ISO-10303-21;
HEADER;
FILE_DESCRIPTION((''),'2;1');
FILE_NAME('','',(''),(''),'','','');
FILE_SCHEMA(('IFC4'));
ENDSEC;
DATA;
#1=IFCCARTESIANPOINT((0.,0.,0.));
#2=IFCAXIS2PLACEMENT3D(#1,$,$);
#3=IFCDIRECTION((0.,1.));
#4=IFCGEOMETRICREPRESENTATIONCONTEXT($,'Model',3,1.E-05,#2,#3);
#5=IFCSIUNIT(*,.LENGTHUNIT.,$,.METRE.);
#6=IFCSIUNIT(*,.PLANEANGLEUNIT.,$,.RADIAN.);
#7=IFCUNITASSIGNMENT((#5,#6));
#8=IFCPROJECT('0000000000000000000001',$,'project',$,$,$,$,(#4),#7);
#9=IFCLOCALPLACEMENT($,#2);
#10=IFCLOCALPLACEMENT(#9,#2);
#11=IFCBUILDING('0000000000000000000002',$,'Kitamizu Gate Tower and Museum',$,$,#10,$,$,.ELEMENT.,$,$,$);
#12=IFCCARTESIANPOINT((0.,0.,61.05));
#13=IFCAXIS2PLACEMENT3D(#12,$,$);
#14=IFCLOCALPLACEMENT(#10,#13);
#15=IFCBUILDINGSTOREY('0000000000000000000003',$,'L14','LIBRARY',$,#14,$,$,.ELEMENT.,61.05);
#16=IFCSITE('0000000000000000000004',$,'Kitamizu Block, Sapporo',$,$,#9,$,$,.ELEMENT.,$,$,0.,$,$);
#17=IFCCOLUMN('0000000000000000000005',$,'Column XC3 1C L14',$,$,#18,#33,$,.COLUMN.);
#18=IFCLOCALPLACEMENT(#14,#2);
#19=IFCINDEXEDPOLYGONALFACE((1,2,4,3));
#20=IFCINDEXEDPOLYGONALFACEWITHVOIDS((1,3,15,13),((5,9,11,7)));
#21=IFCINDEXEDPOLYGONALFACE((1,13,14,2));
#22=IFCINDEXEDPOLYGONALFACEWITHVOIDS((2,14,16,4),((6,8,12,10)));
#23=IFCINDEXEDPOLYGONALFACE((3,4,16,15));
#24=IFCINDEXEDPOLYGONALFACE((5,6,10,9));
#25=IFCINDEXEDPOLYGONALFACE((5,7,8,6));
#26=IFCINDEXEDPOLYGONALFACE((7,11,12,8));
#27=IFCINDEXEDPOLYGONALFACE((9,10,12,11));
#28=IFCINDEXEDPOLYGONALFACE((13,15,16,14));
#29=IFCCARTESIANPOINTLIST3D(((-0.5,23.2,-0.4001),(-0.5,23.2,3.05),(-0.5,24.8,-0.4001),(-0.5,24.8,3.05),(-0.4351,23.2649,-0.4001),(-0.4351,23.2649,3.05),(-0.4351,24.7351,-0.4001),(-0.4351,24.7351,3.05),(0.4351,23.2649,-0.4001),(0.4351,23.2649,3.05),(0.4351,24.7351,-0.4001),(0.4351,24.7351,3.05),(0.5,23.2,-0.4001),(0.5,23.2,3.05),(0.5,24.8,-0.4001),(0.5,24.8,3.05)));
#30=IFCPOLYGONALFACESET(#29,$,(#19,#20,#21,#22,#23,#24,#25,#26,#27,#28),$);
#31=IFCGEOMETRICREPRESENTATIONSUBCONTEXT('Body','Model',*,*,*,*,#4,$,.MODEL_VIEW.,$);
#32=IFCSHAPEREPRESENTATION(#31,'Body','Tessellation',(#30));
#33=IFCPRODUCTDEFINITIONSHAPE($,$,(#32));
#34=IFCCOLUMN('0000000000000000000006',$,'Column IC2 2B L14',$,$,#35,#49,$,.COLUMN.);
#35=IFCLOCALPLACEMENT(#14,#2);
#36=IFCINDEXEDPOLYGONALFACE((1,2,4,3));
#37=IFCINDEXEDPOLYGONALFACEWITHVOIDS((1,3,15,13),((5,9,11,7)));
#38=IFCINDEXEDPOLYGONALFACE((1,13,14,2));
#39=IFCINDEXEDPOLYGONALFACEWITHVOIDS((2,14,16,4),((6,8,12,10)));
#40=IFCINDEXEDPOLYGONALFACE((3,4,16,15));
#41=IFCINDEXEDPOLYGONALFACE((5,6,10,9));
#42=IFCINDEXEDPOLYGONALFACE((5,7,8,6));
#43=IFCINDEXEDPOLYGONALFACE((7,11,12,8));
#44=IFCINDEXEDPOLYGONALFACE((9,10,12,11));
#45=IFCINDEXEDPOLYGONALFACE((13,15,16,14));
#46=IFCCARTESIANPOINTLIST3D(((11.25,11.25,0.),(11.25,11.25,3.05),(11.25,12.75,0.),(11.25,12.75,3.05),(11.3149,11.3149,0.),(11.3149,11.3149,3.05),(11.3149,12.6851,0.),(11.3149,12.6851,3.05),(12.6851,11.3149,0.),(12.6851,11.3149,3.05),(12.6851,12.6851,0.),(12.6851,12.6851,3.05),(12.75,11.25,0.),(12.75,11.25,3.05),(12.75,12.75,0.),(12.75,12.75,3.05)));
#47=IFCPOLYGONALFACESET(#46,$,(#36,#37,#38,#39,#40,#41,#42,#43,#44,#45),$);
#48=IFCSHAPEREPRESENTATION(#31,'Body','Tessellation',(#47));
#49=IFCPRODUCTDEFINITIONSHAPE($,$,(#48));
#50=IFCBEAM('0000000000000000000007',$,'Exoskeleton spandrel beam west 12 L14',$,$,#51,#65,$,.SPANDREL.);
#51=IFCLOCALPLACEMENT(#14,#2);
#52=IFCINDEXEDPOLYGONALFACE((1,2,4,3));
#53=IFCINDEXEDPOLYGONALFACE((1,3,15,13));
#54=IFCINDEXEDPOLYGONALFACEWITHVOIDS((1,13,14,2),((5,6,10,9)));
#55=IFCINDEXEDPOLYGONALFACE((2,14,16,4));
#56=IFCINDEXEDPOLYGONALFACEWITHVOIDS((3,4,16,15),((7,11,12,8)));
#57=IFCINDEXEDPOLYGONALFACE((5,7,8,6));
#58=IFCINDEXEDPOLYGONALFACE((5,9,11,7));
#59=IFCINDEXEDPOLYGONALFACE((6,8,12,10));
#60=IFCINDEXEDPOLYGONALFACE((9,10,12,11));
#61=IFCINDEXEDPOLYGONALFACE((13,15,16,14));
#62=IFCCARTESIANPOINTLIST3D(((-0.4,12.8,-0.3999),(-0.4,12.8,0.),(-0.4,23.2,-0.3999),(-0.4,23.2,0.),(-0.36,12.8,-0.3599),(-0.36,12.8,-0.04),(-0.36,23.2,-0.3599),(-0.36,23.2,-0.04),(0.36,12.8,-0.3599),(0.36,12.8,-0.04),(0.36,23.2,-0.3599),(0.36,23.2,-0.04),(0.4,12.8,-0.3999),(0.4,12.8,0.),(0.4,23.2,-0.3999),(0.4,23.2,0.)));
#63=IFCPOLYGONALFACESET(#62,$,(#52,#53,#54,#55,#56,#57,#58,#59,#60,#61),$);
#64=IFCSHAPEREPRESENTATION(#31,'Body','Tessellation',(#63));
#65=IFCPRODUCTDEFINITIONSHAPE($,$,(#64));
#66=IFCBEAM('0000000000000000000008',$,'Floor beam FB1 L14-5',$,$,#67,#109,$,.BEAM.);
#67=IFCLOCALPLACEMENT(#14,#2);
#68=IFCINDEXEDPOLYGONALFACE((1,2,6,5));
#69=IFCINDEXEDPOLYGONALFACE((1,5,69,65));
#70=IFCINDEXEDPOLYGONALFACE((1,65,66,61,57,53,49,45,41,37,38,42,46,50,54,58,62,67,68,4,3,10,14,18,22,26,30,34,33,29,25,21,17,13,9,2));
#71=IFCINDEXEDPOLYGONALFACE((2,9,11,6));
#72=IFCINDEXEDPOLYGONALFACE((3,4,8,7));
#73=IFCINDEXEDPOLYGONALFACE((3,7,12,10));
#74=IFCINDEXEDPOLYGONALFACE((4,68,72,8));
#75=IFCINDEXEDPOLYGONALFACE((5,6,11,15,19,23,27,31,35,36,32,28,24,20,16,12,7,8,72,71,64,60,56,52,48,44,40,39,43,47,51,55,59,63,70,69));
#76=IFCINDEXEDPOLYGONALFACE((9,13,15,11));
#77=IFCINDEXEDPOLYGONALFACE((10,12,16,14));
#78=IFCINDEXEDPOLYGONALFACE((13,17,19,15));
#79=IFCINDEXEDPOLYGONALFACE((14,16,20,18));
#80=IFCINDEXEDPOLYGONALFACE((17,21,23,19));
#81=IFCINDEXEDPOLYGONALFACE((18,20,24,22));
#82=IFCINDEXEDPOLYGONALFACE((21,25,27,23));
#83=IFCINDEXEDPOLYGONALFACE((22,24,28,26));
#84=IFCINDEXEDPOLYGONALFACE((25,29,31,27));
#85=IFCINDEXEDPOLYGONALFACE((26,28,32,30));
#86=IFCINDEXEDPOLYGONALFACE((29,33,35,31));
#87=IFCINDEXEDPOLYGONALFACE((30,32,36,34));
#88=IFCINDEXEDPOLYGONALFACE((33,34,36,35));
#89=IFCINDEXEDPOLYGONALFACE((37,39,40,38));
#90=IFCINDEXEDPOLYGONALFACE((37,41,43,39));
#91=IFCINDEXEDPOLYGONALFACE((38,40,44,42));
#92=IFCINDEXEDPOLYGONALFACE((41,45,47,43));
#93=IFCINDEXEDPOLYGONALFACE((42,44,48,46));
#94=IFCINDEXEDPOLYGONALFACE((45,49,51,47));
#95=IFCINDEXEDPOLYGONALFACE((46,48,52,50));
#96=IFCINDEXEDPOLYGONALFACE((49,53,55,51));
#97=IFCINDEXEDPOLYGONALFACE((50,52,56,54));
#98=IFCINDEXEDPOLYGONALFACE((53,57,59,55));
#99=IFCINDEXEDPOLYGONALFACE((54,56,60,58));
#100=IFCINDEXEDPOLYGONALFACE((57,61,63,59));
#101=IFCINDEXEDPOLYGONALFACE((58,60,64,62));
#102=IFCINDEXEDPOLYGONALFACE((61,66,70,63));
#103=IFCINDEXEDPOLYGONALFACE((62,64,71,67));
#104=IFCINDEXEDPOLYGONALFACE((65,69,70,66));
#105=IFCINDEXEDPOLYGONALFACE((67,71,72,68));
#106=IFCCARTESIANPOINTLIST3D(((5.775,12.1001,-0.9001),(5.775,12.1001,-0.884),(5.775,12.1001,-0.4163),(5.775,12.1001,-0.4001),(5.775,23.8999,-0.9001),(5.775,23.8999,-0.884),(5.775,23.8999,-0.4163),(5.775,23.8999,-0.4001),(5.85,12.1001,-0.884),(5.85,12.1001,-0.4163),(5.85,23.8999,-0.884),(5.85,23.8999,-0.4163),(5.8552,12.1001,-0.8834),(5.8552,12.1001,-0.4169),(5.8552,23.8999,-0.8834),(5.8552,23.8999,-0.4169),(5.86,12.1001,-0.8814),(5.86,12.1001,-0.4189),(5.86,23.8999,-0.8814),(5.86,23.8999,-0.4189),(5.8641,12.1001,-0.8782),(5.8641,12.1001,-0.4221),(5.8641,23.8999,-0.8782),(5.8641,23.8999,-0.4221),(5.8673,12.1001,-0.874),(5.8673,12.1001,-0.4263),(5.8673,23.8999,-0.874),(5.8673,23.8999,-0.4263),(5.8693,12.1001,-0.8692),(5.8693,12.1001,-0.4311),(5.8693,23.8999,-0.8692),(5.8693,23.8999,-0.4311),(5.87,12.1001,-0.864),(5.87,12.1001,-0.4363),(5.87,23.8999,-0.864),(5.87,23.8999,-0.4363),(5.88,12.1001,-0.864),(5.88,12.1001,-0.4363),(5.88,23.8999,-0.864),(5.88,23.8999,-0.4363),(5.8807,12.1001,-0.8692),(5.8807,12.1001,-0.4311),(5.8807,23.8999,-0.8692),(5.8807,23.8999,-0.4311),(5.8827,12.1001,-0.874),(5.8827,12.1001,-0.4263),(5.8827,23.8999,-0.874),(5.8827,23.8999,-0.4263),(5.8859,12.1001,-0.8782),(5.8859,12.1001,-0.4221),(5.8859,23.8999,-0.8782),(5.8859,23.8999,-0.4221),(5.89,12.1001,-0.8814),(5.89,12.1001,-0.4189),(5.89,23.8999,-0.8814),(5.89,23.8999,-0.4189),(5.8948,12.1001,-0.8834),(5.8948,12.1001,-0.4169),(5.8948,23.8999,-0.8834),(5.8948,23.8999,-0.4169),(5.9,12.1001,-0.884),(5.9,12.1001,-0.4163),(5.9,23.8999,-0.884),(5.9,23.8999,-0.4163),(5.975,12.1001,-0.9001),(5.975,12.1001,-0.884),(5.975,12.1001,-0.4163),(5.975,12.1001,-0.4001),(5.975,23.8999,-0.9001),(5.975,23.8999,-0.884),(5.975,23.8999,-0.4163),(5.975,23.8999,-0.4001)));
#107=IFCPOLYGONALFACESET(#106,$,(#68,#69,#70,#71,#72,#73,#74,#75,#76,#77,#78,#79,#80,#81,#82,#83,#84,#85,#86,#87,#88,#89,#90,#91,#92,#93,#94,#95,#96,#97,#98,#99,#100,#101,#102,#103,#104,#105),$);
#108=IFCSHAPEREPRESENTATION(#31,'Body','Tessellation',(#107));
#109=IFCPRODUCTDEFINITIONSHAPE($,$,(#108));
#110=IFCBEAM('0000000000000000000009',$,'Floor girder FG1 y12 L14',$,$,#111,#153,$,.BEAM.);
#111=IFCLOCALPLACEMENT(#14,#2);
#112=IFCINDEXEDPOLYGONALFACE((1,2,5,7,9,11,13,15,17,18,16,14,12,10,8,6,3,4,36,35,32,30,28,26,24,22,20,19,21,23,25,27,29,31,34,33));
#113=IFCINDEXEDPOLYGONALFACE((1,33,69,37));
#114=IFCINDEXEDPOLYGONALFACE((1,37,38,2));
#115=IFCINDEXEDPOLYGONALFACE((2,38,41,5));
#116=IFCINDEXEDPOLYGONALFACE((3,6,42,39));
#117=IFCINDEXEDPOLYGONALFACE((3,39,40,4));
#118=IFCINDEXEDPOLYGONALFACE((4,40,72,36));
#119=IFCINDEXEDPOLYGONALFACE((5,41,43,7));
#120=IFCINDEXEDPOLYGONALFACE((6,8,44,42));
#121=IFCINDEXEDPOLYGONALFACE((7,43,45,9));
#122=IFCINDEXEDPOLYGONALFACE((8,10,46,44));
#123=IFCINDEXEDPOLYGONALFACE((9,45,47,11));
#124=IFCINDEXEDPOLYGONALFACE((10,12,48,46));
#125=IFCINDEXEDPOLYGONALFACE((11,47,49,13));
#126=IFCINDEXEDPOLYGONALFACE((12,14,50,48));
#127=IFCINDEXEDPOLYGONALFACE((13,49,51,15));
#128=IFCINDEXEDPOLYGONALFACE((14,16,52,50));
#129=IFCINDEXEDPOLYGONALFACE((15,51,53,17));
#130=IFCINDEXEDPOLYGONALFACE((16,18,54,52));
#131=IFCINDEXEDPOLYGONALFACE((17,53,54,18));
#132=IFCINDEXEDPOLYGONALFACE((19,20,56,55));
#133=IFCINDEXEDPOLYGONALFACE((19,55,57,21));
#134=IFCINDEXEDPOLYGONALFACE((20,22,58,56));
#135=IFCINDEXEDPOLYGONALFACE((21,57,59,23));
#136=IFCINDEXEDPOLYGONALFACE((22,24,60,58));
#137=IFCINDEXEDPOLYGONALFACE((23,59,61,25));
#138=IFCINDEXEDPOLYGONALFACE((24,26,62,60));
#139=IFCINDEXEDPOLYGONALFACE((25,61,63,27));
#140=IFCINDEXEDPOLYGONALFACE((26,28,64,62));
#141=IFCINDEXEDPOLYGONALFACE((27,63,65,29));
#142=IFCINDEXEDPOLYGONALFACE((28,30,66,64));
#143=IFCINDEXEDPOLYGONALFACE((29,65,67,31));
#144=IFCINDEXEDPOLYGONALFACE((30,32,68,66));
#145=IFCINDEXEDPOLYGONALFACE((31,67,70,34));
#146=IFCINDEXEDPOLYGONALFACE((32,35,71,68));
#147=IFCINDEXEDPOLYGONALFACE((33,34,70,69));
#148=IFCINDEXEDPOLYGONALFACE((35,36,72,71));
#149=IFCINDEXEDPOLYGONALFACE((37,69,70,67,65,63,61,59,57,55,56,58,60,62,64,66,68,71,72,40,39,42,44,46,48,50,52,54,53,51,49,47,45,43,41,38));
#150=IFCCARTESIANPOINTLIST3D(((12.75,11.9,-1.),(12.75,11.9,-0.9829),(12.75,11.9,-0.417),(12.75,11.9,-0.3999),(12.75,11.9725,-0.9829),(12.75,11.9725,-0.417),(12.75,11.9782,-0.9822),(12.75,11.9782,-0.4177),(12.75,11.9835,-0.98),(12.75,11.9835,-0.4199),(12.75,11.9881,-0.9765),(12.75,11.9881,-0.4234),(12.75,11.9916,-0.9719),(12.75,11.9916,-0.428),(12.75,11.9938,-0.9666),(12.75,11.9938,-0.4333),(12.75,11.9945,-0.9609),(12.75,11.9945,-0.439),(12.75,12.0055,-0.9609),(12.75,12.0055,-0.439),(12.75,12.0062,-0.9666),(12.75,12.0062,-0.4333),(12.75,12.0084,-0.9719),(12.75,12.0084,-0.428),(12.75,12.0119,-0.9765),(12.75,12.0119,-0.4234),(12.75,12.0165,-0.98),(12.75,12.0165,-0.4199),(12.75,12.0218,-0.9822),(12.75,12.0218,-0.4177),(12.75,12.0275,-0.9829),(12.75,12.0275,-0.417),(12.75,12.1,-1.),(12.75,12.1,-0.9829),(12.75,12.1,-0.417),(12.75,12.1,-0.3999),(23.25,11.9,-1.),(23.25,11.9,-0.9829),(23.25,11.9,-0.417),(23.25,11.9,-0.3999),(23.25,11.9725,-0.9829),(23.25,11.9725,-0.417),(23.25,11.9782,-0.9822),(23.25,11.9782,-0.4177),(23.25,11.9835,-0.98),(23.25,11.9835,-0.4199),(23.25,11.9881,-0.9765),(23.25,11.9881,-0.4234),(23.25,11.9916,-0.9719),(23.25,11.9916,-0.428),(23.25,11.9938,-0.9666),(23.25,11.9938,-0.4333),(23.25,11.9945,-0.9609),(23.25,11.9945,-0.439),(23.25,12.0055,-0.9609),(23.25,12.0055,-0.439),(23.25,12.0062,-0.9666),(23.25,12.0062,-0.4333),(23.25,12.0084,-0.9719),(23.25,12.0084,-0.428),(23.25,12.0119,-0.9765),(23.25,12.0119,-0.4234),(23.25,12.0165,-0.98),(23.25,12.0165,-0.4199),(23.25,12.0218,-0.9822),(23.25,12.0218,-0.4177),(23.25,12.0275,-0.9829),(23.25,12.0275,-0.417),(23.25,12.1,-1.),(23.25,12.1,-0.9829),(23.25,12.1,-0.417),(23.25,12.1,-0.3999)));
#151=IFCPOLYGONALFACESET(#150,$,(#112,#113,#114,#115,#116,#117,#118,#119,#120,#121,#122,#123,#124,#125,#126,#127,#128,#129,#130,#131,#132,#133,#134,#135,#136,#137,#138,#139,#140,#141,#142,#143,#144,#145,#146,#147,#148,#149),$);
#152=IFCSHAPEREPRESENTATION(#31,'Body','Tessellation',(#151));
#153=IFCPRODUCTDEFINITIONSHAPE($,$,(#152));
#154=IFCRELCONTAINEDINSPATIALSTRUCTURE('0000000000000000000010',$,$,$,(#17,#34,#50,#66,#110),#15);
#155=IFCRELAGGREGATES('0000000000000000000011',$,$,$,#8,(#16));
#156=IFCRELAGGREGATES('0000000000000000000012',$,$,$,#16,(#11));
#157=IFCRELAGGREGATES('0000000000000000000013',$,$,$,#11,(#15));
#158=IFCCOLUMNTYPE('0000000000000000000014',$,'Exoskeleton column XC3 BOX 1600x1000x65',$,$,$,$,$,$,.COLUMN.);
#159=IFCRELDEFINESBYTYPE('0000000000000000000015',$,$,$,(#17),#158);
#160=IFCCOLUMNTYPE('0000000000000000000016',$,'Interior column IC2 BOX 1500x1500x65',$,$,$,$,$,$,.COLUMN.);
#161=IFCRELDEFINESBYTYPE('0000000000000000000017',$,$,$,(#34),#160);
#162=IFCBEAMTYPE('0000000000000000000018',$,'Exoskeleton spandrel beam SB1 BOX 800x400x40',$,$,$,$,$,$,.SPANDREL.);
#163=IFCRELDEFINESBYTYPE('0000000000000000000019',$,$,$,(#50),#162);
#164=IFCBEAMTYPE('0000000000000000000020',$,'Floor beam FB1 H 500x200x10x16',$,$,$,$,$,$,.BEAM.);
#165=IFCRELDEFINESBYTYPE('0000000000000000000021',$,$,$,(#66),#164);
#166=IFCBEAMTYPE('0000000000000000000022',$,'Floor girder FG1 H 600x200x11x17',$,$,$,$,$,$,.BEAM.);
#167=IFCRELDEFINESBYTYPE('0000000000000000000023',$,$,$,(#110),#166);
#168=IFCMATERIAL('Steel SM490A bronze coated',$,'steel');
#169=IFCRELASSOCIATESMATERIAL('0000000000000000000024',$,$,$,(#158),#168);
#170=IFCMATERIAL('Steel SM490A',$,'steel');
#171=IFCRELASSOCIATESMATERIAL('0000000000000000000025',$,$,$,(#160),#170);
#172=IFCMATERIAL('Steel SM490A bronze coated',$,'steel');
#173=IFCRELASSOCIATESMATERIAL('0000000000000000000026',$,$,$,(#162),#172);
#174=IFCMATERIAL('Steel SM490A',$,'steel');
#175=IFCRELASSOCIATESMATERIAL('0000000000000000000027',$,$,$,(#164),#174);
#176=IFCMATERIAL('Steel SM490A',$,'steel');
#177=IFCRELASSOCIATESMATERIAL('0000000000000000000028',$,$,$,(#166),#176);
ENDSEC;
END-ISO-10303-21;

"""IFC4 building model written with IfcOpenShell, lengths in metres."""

from ifc_helpers import new_model, si_unit, direction, frame, origin, origin_2d, place, context, subcontext, project, spatial, hollow_rectangle, i_section, extrude, material, material_profile, profile_set, type_object, element, save


model = new_model("IFC4")

# Units and contexts
model_context = context("Model", 3, precision=1e-05, world=origin(), true_north=direction((0.0, 1.0)))
body_context = subcontext(model_context, "Body", "Model", "MODEL_VIEW")
ifc_project = project(units=[si_unit("LENGTHUNIT", "METRE"), si_unit("PLANEANGLEUNIT", "RADIAN")], contexts=[model_context])

# Site, building, storey
site_placement = place(None, origin())
site = spatial("IfcSite", under=ifc_project, at=site_placement, Name="Kitamizu Block, Sapporo", CompositionType="ELEMENT", RefElevation=0.0)
building_placement = place(site_placement, origin())
building = spatial("IfcBuilding", under=site, at=building_placement, Name="Kitamizu Gate Tower and Museum", CompositionType="ELEMENT")
storey_placement = place(building_placement, frame((0.0, 0.0, 61.05)))
storey = spatial("IfcBuildingStorey", under=building, at=storey_placement, Name="L14", Description="LIBRARY", CompositionType="ELEMENT", Elevation=61.05)

# Columns
ifc_material_1 = material(Name="Steel SM490A bronze coated", Category="steel")
ifc_material_profile_1 = material_profile(ifc_material_1, hollow_rectangle(XDim=1.6001, YDim=1.0, WallThickness=0.0649, at=origin_2d()), Name="BOX 1600x1000x65")
ifc_profile_set_1 = profile_set([ifc_material_profile_1], Name="Steel SM490A bronze coated")
column_type_1 = type_object("IfcColumnType", Name="Exoskeleton column XC3 BOX 1600x1000x65", PredefinedType="COLUMN", material=ifc_profile_set_1)
column_1_placement = place(storey_placement, frame((0.0, 24.0, -0.4001), z_axis=(0.0, 0.0, 1.0), x_axis=(0.0, 1.0, 0.0)))
element("IfcColumn", 1, at=column_1_placement, inside=storey, type_object=column_type_1, Name="Column XC3 1C L14", PredefinedType="COLUMN", context=body_context, shape_type="SweptSolid", body=[
    extrude(hollow_rectangle(XDim=1.6001, YDim=1.0, WallThickness=0.0649, at=origin_2d()), origin(), (0.0, 0.0, 1.0), 3.4502),
])
ifc_material_2 = material(Name="Steel SM490A", Category="steel")
ifc_material_profile_2 = material_profile(ifc_material_2, hollow_rectangle(XDim=1.5, YDim=1.5, WallThickness=0.0649, at=origin_2d()), Name="BOX 1500x1500x65")
ifc_profile_set_2 = profile_set([ifc_material_profile_2], Name="Steel SM490A")
column_type_2 = type_object("IfcColumnType", Name="Interior column IC2 BOX 1500x1500x65", PredefinedType="COLUMN", material=ifc_profile_set_2)
column_2_placement = place(storey_placement, frame((12.0, 12.0, 0.0), z_axis=(0.0, 0.0, 1.0), x_axis=(1.0, 0.0, 0.0)))
element("IfcColumn", 2, at=column_2_placement, inside=storey, type_object=column_type_2, Name="Column IC2 2B L14", PredefinedType="COLUMN", context=body_context, shape_type="SweptSolid", body=[
    extrude(hollow_rectangle(XDim=1.5, YDim=1.5, WallThickness=0.0649, at=origin_2d()), origin(), (0.0, 0.0, 1.0), 3.05),
])

# Beams
ifc_material_3 = material(Name="Steel SM490A bronze coated", Category="steel")
ifc_material_profile_3 = material_profile(ifc_material_3, hollow_rectangle(XDim=0.8, YDim=0.3999, WallThickness=0.04, at=origin_2d()), Name="BOX 800x400x40")
ifc_profile_set_3 = profile_set([ifc_material_profile_3], Name="Steel SM490A bronze coated")
beam_type_1 = type_object("IfcBeamType", Name="Exoskeleton spandrel beam SB1 BOX 800x400x40", PredefinedType="SPANDREL", material=ifc_profile_set_3)
beam_1_placement = place(storey_placement, frame((0.0, 12.8, -0.2), z_axis=(0.0, 1.0, 0.0), x_axis=(-1.0, 0.0, 0.0)))
element("IfcBeam", 3, at=beam_1_placement, inside=storey, type_object=beam_type_1, Name="Exoskeleton spandrel beam west 12 L14", PredefinedType="SPANDREL", context=body_context, shape_type="SweptSolid", body=[
    extrude(hollow_rectangle(XDim=0.8, YDim=0.3999, WallThickness=0.04, at=origin_2d()), origin(), (0.0, 0.0, 1.0), 10.3999),
])
ifc_material_4 = material(Name="Steel SM490A", Category="steel")
ifc_material_profile_4 = material_profile(ifc_material_4, i_section(OverallWidth=0.2, OverallDepth=0.5, WebThickness=0.01, FlangeThickness=0.0161, FilletRadius=0.02, at=origin_2d()), Name="H-500x200x10x16")
ifc_profile_set_4 = profile_set([ifc_material_profile_4], Name="Steel SM490A")
beam_type_2 = type_object("IfcBeamType", Name="Floor beam FB1 H 500x200x10x16", PredefinedType="BEAM", material=ifc_profile_set_4)
beam_2_placement = place(storey_placement, frame((5.875, 12.1001, -0.6501), z_axis=(0.0, 1.0, 0.0), x_axis=(-1.0, 0.0, 0.0)))
element("IfcBeam", 4, at=beam_2_placement, inside=storey, type_object=beam_type_2, Name="Floor beam FB1 L14-5", PredefinedType="BEAM", context=body_context, shape_type="SweptSolid", body=[
    extrude(i_section(OverallWidth=0.2, OverallDepth=0.5, WebThickness=0.01, FlangeThickness=0.0161, FilletRadius=0.02, at=origin_2d()), origin(), (0.0, 0.0, 1.0), 11.7998),
])
ifc_material_5 = material(Name="Steel SM490A", Category="steel")
ifc_material_profile_5 = material_profile(ifc_material_5, i_section(OverallWidth=0.2, OverallDepth=0.6001, WebThickness=0.011, FlangeThickness=0.0171, FilletRadius=0.022, at=origin_2d()), Name="H-600x200x11x17")
ifc_profile_set_5 = profile_set([ifc_material_profile_5], Name="Steel SM490A")
beam_type_3 = type_object("IfcBeamType", Name="Floor girder FG1 H 600x200x11x17", PredefinedType="BEAM", material=ifc_profile_set_5)
beam_3_placement = place(storey_placement, frame((12.75, 12.0, -0.7), z_axis=(1.0, 0.0, 0.0), x_axis=(0.0, 1.0, 0.0)))
element("IfcBeam", 5, at=beam_3_placement, inside=storey, type_object=beam_type_3, Name="Floor girder FG1 y12 L14", PredefinedType="BEAM", context=body_context, shape_type="SweptSolid", body=[
    extrude(i_section(OverallWidth=0.2, OverallDepth=0.6001, WebThickness=0.011, FlangeThickness=0.0171, FilletRadius=0.022, at=origin_2d()), origin(), (0.0, 0.0, 1.0), 10.5),
])

save(model, "model.ifc")
